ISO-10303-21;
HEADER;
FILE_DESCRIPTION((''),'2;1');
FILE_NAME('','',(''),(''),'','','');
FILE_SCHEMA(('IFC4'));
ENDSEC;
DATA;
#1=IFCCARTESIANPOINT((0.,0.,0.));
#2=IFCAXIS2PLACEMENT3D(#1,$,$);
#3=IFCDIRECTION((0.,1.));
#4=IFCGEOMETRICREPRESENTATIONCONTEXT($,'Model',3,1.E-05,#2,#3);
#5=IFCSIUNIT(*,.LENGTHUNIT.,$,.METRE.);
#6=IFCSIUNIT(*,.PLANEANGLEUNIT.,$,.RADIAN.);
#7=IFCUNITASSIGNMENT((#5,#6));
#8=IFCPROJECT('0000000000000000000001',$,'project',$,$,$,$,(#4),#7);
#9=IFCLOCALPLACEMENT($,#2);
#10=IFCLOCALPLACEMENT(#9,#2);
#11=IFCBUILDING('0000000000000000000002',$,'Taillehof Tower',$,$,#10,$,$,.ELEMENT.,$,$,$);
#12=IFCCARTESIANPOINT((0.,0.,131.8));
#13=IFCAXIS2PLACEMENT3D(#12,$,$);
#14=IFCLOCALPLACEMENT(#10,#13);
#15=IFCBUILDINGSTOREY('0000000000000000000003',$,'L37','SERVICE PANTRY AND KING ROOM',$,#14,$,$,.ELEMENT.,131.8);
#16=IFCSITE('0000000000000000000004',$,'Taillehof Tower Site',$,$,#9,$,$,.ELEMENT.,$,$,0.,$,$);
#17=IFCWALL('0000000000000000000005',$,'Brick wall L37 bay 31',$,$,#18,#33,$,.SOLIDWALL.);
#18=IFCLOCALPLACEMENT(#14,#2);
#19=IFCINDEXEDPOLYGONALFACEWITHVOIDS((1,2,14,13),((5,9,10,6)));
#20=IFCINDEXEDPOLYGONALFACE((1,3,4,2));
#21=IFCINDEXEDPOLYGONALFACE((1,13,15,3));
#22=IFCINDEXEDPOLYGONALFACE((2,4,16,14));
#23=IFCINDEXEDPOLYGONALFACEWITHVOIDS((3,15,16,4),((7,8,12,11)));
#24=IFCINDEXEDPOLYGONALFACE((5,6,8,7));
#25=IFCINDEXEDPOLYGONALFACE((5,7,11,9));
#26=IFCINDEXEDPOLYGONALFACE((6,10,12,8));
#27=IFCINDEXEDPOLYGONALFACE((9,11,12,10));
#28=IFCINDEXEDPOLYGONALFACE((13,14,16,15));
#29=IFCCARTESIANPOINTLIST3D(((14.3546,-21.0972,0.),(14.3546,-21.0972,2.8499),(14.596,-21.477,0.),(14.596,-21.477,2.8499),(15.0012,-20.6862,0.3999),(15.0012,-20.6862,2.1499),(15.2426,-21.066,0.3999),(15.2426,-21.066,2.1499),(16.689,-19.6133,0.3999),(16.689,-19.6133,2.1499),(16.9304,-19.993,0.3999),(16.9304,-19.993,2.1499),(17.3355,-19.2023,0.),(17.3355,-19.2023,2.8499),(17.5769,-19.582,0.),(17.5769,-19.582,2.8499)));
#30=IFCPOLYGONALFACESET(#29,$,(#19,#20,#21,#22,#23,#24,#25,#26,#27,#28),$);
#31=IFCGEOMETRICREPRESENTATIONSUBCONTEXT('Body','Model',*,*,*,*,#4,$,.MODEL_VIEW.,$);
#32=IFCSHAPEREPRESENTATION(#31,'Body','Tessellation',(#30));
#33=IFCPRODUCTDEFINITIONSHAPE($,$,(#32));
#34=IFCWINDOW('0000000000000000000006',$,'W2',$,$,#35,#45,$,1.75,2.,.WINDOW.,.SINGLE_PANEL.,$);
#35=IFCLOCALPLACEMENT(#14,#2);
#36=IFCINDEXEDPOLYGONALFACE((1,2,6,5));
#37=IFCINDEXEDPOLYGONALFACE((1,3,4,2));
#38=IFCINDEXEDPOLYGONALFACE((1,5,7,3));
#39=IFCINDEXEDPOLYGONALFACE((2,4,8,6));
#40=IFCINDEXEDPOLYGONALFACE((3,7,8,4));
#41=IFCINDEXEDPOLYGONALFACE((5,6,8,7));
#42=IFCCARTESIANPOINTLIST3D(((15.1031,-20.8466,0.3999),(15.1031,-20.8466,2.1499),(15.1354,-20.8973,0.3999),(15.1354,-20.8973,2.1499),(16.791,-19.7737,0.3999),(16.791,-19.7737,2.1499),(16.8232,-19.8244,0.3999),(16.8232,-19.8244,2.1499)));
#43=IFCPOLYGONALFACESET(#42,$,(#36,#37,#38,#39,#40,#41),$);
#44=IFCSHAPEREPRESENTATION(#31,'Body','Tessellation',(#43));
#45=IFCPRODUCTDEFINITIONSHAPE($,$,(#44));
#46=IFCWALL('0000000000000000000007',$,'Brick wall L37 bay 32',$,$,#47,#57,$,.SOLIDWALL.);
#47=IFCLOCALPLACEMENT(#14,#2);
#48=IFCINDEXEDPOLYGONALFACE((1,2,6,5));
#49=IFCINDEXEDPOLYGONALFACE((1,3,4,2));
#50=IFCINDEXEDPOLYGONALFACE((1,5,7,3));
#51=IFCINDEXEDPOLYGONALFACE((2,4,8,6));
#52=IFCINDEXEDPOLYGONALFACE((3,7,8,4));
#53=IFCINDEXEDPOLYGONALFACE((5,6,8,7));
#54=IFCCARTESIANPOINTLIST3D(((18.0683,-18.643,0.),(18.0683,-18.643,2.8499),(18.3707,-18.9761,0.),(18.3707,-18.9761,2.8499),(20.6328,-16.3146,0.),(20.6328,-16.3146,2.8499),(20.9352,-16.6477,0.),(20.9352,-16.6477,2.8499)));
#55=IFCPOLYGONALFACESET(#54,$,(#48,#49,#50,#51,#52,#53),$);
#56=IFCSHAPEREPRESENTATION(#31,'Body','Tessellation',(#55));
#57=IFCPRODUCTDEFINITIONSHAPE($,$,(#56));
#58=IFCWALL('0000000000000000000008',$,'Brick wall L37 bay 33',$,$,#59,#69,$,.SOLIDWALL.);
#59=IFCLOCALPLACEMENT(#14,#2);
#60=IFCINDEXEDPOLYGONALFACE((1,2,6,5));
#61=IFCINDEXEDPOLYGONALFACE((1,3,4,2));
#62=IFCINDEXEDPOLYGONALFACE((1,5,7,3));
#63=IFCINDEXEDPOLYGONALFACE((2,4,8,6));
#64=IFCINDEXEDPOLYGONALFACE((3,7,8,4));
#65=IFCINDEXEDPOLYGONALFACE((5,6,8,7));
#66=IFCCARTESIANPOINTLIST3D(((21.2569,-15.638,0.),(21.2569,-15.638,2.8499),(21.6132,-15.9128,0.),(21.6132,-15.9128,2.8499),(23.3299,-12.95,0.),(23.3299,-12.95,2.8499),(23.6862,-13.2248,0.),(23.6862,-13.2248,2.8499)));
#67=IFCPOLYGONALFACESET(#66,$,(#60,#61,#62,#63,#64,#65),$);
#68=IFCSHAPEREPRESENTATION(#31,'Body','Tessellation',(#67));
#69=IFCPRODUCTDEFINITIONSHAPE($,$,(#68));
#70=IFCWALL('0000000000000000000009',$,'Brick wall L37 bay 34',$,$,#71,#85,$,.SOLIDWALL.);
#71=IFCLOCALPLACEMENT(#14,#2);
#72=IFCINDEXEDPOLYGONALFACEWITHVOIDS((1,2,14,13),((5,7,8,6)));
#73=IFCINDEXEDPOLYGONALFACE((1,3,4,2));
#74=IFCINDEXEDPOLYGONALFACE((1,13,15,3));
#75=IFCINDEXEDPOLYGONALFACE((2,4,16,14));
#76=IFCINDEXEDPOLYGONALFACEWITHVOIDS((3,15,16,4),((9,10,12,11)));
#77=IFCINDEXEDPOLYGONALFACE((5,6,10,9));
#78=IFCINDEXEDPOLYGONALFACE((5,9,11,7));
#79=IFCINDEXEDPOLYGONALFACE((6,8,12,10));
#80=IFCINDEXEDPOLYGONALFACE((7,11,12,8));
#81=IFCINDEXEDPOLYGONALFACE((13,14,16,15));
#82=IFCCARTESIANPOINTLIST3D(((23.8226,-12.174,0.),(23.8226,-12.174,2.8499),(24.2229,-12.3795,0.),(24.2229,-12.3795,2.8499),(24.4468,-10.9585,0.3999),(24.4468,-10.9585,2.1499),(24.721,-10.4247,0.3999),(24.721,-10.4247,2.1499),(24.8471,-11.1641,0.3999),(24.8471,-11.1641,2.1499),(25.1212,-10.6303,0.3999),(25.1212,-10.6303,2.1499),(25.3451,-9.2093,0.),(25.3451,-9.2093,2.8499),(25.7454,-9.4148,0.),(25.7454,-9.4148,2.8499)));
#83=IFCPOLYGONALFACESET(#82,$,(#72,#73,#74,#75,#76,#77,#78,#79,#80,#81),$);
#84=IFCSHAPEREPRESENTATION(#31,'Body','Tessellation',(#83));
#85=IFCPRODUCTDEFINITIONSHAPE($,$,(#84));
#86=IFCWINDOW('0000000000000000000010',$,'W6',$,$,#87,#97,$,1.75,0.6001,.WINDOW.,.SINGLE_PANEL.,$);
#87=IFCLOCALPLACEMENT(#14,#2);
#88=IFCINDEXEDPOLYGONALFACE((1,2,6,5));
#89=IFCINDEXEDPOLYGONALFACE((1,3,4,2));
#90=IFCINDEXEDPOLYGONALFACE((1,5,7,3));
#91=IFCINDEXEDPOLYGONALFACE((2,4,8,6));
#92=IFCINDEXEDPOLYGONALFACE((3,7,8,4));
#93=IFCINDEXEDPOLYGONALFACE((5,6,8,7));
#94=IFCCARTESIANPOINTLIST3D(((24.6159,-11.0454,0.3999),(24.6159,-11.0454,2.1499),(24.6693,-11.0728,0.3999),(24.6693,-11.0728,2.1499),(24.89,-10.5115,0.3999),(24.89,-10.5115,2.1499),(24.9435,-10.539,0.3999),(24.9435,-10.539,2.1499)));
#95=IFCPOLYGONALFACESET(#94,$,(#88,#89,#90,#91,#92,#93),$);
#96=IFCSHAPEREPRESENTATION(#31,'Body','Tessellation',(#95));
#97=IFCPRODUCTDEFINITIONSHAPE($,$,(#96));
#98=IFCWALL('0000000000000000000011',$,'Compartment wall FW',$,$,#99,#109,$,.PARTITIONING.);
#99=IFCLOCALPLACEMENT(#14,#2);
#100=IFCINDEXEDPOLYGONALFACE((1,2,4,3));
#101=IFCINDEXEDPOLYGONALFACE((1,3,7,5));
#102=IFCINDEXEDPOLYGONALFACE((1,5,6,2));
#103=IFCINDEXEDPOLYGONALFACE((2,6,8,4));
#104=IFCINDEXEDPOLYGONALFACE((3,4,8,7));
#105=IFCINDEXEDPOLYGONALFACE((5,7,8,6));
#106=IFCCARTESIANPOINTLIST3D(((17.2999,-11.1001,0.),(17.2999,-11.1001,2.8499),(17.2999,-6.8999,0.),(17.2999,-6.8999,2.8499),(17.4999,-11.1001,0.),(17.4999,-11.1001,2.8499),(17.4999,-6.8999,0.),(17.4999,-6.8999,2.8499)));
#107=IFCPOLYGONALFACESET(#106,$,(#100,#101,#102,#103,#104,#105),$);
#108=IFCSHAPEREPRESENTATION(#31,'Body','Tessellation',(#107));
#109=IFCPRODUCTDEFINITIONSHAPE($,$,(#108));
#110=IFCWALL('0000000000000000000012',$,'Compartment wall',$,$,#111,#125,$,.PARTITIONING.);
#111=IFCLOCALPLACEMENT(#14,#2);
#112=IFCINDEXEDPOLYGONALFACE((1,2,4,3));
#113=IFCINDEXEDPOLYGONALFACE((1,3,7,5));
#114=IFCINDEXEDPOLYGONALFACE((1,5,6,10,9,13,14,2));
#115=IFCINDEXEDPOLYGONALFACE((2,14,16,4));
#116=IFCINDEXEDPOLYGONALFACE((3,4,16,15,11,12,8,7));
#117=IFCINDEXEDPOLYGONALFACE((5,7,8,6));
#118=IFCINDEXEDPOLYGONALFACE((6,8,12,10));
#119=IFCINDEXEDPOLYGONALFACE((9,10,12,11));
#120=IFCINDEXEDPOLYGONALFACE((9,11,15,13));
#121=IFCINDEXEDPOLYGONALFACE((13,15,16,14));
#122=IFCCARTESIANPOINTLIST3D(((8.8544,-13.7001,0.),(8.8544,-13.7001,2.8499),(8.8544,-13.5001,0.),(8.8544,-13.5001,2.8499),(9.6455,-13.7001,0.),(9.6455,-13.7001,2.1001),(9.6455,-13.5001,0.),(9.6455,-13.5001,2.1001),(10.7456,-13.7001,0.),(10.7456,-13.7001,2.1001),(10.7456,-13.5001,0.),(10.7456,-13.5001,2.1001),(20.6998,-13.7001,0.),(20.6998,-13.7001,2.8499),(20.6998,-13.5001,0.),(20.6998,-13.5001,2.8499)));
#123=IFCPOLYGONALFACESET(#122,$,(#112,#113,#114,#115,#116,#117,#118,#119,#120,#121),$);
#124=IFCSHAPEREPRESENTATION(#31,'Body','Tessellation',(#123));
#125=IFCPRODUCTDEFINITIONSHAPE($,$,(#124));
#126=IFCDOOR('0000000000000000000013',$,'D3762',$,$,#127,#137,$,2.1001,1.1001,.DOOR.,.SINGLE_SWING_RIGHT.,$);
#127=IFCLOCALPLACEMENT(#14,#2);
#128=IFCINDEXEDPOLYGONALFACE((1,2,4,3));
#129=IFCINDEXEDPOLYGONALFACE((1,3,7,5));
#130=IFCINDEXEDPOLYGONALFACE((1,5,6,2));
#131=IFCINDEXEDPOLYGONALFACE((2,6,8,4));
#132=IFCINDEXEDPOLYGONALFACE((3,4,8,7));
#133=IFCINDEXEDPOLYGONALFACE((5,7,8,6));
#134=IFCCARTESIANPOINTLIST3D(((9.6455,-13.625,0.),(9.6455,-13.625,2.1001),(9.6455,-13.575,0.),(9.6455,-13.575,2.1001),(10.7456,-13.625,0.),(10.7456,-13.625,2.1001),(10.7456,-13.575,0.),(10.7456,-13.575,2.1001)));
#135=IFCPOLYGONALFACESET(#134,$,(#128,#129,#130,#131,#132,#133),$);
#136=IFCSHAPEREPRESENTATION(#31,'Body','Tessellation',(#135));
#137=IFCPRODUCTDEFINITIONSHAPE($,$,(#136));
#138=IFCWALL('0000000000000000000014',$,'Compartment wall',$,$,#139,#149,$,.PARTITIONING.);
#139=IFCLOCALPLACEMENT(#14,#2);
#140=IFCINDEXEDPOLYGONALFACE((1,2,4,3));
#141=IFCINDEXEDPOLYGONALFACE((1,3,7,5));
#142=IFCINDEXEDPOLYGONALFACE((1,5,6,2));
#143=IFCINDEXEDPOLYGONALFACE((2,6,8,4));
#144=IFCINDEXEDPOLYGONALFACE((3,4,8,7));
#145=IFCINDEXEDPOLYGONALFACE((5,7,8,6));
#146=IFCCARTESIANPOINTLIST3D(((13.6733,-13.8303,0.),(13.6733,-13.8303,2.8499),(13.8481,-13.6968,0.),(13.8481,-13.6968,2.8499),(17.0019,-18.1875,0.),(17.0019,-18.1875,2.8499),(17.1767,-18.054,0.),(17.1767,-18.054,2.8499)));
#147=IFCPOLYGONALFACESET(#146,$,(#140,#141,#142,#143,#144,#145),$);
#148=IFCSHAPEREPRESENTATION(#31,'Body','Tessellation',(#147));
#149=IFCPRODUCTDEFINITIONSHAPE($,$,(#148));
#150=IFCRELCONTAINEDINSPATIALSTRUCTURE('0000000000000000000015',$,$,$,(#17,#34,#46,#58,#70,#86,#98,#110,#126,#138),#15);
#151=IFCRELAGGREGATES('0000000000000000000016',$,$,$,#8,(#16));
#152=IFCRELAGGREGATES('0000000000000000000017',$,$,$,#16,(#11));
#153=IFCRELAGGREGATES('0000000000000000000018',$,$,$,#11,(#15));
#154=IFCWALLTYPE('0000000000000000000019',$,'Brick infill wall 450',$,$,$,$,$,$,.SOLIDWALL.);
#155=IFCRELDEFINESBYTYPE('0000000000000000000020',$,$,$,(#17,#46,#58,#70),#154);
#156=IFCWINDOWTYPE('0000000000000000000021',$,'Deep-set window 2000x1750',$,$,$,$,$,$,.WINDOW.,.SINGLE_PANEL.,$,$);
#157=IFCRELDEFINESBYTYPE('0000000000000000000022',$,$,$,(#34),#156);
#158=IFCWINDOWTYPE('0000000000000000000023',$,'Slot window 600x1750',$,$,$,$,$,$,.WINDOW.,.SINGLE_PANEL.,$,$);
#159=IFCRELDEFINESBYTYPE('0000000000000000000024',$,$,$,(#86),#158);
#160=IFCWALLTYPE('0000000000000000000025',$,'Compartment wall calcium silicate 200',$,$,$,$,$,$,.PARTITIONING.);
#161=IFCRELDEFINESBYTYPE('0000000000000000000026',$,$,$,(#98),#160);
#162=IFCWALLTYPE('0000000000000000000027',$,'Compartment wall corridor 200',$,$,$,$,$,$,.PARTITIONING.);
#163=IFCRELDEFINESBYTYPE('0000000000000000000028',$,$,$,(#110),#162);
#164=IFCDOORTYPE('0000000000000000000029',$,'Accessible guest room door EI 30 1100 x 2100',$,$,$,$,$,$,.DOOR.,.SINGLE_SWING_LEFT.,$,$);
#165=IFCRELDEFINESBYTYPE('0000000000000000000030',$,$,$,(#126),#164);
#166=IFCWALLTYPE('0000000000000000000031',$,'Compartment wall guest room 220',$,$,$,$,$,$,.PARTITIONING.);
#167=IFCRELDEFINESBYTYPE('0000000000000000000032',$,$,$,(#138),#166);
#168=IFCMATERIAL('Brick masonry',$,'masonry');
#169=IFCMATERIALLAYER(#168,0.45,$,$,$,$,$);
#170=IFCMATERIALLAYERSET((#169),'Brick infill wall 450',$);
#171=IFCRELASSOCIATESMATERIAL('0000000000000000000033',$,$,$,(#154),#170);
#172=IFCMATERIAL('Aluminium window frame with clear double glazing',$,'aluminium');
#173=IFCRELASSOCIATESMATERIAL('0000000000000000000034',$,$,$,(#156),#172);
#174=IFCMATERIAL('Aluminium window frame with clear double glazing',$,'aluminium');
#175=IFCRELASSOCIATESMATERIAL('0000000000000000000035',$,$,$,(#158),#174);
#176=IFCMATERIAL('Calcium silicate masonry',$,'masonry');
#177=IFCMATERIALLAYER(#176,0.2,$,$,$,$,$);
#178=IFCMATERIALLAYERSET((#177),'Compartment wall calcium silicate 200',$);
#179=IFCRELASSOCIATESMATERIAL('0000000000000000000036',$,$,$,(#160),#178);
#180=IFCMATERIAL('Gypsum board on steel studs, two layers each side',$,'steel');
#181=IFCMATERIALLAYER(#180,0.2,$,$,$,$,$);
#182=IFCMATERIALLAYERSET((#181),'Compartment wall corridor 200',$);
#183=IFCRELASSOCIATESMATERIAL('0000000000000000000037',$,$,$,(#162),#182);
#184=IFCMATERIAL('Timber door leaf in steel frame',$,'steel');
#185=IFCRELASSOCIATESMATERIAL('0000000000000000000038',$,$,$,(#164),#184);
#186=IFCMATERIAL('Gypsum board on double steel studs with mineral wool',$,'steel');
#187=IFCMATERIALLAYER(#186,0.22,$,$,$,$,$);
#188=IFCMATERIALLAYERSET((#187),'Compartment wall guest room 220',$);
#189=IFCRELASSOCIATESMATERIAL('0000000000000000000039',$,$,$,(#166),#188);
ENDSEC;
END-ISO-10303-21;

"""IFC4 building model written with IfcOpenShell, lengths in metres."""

from ifc_helpers import new_model, si_unit, direction, frame, frame_2d, origin, place, context, subcontext, project, spatial, rectangle, extrude, material, layer, layer_set, type_object, element, fill, save


model = new_model("IFC4")

# Units and contexts
model_context = context("Model", 3, precision=1e-05, world=origin(), true_north=direction((0.0, 1.0)))
body_context = subcontext(model_context, "Body", "Model", "MODEL_VIEW")
ifc_project = project(units=[si_unit("LENGTHUNIT", "METRE"), si_unit("PLANEANGLEUNIT", "RADIAN")], contexts=[model_context])

# Site, building, storey
site_placement = place(None, origin())
site = spatial("IfcSite", under=ifc_project, at=site_placement, Name="Taillehof Tower Site", CompositionType="ELEMENT", RefElevation=0.0)
building_placement = place(site_placement, origin())
building = spatial("IfcBuilding", under=site, at=building_placement, Name="Taillehof Tower", CompositionType="ELEMENT")
storey_placement = place(building_placement, frame((0.0, 0.0, 131.8)))
storey = spatial("IfcBuildingStorey", under=building, at=storey_placement, Name="L37", Description="SERVICE PANTRY AND KING ROOM", CompositionType="ELEMENT", Elevation=131.8)

# Wall, opening, window
ifc_material_1 = material(Name="Brick masonry", Category="masonry")
ifc_layer_1 = layer(ifc_material_1, 0.45)
ifc_layer_set_1 = layer_set([ifc_layer_1], Name="Brick infill wall 450")
wall_type_1 = type_object("IfcWallType", Name="Brick infill wall 450", PredefinedType="SOLIDWALL", material=ifc_layer_set_1)
ifc_material_2 = material(Name="Aluminium window frame with clear double glazing", Category="aluminium")
window_type_1 = type_object("IfcWindowType", Name="Deep-set window 2000x1750", PartitioningType="SINGLE_PANEL", PredefinedType="WINDOW", material=ifc_material_2)
wall_1_placement = place(storey_placement, frame((14.4753, -21.2871, 0.0), z_axis=(0.0, 0.0, 1.0), x_axis=(0.843912, 0.536482, 0.0)))
wall_1 = element("IfcWall", 1, at=wall_1_placement, inside=storey, type_object=wall_type_1, Name="Brick wall L37 bay 31", PredefinedType="SOLIDWALL", context=body_context, shape_type="SweptSolid", body=[
    extrude(rectangle(XDim=3.5322, YDim=0.45, at=frame_2d((1.7661, 0.0))), origin(), (0.0, 0.0, 1.0), 2.8499),
])
opening_1_placement = place(wall_1_placement, frame((0.7661, 0.0, 0.3999)))
opening_1 = element("IfcOpeningElement", 2, at=opening_1_placement, cuts=wall_1, PredefinedType="OPENING", context=body_context, shape_type="SweptSolid", body=[
    extrude(rectangle(XDim=2.0, YDim=1.75, at=frame_2d((1.0, 0.875))), frame((0.0, 0.2349, 0.0), z_axis=(0.0, -1.0, 0.0), x_axis=(1.0, 0.0, 0.0)), (0.0, 0.0, 1.0), 0.47),
])
window_1_placement = place(opening_1_placement, origin())
window_1 = element("IfcWindow", 3, at=window_1_placement, inside=storey, type_object=window_type_1, Name="W2", OverallHeight=1.75, OverallWidth=2.0, PartitioningType="SINGLE_PANEL", PredefinedType="WINDOW", context=body_context, shape_type="SweptSolid", body=[
    extrude(rectangle(XDim=2.0, YDim=1.75, at=frame_2d((1.0, 0.875))), frame((0.0, 0.0349, 0.0), z_axis=(0.0, -1.0, 0.0), x_axis=(1.0, 0.0, 0.0)), (0.0, 0.0, 1.0), 0.0601),
])
fill(opening_1, window_1)

# Walls
wall_2_placement = place(storey_placement, frame((18.2195, -18.8096, 0.0), z_axis=(0.0, 0.0, 1.0), x_axis=(0.740364, 0.672206, 0.0)))
element("IfcWall", 4, at=wall_2_placement, inside=storey, type_object=wall_type_1, Name="Brick wall L37 bay 32", PredefinedType="SOLIDWALL", context=body_context, shape_type="SweptSolid", body=[
    extrude(rectangle(XDim=3.4639, YDim=0.45, at=frame_2d((1.7319, 0.0))), origin(), (0.0, 0.0, 1.0), 2.8499),
])
wall_3_placement = place(storey_placement, frame((21.4351, -15.7754, 0.0), z_axis=(0.0, 0.0, 1.0), x_axis=(0.610694, 0.791867, 0.0)))
element("IfcWall", 5, at=wall_3_placement, inside=storey, type_object=wall_type_1, Name="Brick wall L37 bay 33", PredefinedType="SOLIDWALL", context=body_context, shape_type="SweptSolid", body=[
    extrude(rectangle(XDim=3.3945, YDim=0.45, at=frame_2d((1.6973, 0.0))), origin(), (0.0, 0.0, 1.0), 2.8499),
])

# Wall, opening, window
wall_4_placement = place(storey_placement, frame((24.0227, -12.2769, 0.0), z_axis=(0.0, 0.0, 1.0), x_axis=(0.456828, 0.889555, 0.0)))
wall_4 = element("IfcWall", 6, at=wall_4_placement, inside=storey, type_object=wall_type_1, Name="Brick wall L37 bay 34", PredefinedType="SOLIDWALL", context=body_context, shape_type="SweptSolid", body=[
    extrude(rectangle(XDim=3.3328, YDim=0.45, at=frame_2d((1.6665, 0.0))), origin(), (0.0, 0.0, 1.0), 2.8499),
])
opening_2_placement = place(wall_4_placement, frame((1.3665, 0.0, 0.3999)))
opening_2 = element("IfcOpeningElement", 7, at=opening_2_placement, cuts=wall_4, PredefinedType="OPENING", context=body_context, shape_type="SweptSolid", body=[
    extrude(rectangle(XDim=0.6001, YDim=1.75, at=frame_2d((0.3, 0.875))), frame((0.0, 0.2349, 0.0), z_axis=(0.0, -1.0, 0.0), x_axis=(1.0, 0.0, 0.0)), (0.0, 0.0, 1.0), 0.47),
])
ifc_material_3 = material(Name="Aluminium window frame with clear double glazing", Category="aluminium")
window_type_2 = type_object("IfcWindowType", Name="Slot window 600x1750", PartitioningType="SINGLE_PANEL", PredefinedType="WINDOW", material=ifc_material_3)
window_2_placement = place(opening_2_placement, origin())
window_2 = element("IfcWindow", 8, at=window_2_placement, inside=storey, type_object=window_type_2, Name="W6", OverallHeight=1.75, OverallWidth=0.6001, PartitioningType="SINGLE_PANEL", PredefinedType="WINDOW", context=body_context, shape_type="SweptSolid", body=[
    extrude(rectangle(XDim=0.6001, YDim=1.75, at=frame_2d((0.3, 0.875))), frame((0.0, 0.0349, 0.0), z_axis=(0.0, -1.0, 0.0), x_axis=(1.0, 0.0, 0.0)), (0.0, 0.0, 1.0), 0.0601),
])
fill(opening_2, window_2)

# Wall
ifc_material_4 = material(Name="Calcium silicate masonry", Category="masonry")
ifc_layer_2 = layer(ifc_material_4, 0.2)
ifc_layer_set_2 = layer_set([ifc_layer_2], Name="Compartment wall calcium silicate 200")
wall_type_2 = type_object("IfcWallType", Name="Compartment wall calcium silicate 200", PredefinedType="PARTITIONING", material=ifc_layer_set_2)
wall_5_placement = place(storey_placement, frame((17.3999, -11.1001, 0.0), z_axis=(0.0, 0.0, 1.0), x_axis=(0.0, 1.0, 0.0)))
element("IfcWall", 9, at=wall_5_placement, inside=storey, type_object=wall_type_2, Name="Compartment wall FW", PredefinedType="PARTITIONING", context=body_context, shape_type="SweptSolid", body=[
    extrude(rectangle(XDim=4.2002, YDim=0.2, at=frame_2d((2.1001, 0.0))), origin(), (0.0, 0.0, 1.0), 2.8499),
])

# Wall, opening, door
ifc_material_5 = material(Name="Gypsum board on steel studs, two layers each side", Category="steel")
ifc_layer_3 = layer(ifc_material_5, 0.2)
ifc_layer_set_3 = layer_set([ifc_layer_3], Name="Compartment wall corridor 200")
wall_type_3 = type_object("IfcWallType", Name="Compartment wall corridor 200", PredefinedType="PARTITIONING", material=ifc_layer_set_3)
wall_6_placement = place(storey_placement, frame((20.7, -13.6001, 0.0), z_axis=(0.0, 0.0, 1.0), x_axis=(-1.0, 0.0, 0.0)))
wall_6 = element("IfcWall", 10, at=wall_6_placement, inside=storey, type_object=wall_type_3, Name="Compartment wall", PredefinedType="PARTITIONING", context=body_context, shape_type="SweptSolid", body=[
    extrude(rectangle(XDim=11.8455, YDim=0.2, at=frame_2d((5.9229, 0.0))), origin(), (0.0, 0.0, 1.0), 2.8499),
])
opening_3_placement = place(wall_6_placement, frame((9.9543, 0.0, 0.0)))
opening_3 = element("IfcOpeningElement", 11, at=opening_3_placement, cuts=wall_6, PredefinedType="OPENING", context=body_context, shape_type="SweptSolid", body=[
    extrude(rectangle(XDim=1.1001, YDim=2.1001, at=frame_2d((0.55, 1.05))), frame((0.0, 0.1099, 0.0), z_axis=(0.0, -1.0, 0.0), x_axis=(1.0, 0.0, 0.0)), (0.0, 0.0, 1.0), 0.22),
])
ifc_material_6 = material(Name="Timber door leaf in steel frame", Category="steel")
door_type_1 = type_object("IfcDoorType", Name="Accessible guest room door EI 30 1100 x 2100", OperationType="SINGLE_SWING_LEFT", PredefinedType="DOOR", material=ifc_material_6)
door_1_placement = place(opening_3_placement, origin())
door_1 = element("IfcDoor", 12, at=door_1_placement, inside=storey, type_object=door_type_1, Name="D3762", OperationType="SINGLE_SWING_RIGHT", OverallHeight=2.1001, OverallWidth=1.1001, PredefinedType="DOOR", context=body_context, shape_type="SweptSolid", body=[
    extrude(rectangle(XDim=1.1001, YDim=2.1001, at=frame_2d((0.55, 1.05))), frame((0.0, 0.0249, 0.0), z_axis=(0.0, -1.0, 0.0), x_axis=(1.0, 0.0, 0.0)), (0.0, 0.0, 1.0), 0.05),
])
fill(opening_3, door_1)

# Wall
ifc_material_7 = material(Name="Gypsum board on double steel studs with mineral wool", Category="steel")
ifc_layer_4 = layer(ifc_material_7, 0.22)
ifc_layer_set_4 = layer_set([ifc_layer_4], Name="Compartment wall guest room 220")
wall_type_4 = type_object("IfcWallType", Name="Compartment wall guest room 220", PredefinedType="PARTITIONING", material=ifc_layer_set_4)
wall_7_placement = place(storey_placement, frame((17.0894, -18.1208, 0.0), z_axis=(0.0, 0.0, 1.0), x_axis=(-0.607065, 0.794652, 0.0)))
element("IfcWall", 13, at=wall_7_placement, inside=storey, type_object=wall_type_4, Name="Compartment wall", PredefinedType="PARTITIONING", context=body_context, shape_type="SweptSolid", body=[
    extrude(rectangle(XDim=5.4832, YDim=0.22, at=frame_2d((2.7417, 0.0))), origin(), (0.0, 0.0, 1.0), 2.8499),
])

save(model, "model.ifc")
